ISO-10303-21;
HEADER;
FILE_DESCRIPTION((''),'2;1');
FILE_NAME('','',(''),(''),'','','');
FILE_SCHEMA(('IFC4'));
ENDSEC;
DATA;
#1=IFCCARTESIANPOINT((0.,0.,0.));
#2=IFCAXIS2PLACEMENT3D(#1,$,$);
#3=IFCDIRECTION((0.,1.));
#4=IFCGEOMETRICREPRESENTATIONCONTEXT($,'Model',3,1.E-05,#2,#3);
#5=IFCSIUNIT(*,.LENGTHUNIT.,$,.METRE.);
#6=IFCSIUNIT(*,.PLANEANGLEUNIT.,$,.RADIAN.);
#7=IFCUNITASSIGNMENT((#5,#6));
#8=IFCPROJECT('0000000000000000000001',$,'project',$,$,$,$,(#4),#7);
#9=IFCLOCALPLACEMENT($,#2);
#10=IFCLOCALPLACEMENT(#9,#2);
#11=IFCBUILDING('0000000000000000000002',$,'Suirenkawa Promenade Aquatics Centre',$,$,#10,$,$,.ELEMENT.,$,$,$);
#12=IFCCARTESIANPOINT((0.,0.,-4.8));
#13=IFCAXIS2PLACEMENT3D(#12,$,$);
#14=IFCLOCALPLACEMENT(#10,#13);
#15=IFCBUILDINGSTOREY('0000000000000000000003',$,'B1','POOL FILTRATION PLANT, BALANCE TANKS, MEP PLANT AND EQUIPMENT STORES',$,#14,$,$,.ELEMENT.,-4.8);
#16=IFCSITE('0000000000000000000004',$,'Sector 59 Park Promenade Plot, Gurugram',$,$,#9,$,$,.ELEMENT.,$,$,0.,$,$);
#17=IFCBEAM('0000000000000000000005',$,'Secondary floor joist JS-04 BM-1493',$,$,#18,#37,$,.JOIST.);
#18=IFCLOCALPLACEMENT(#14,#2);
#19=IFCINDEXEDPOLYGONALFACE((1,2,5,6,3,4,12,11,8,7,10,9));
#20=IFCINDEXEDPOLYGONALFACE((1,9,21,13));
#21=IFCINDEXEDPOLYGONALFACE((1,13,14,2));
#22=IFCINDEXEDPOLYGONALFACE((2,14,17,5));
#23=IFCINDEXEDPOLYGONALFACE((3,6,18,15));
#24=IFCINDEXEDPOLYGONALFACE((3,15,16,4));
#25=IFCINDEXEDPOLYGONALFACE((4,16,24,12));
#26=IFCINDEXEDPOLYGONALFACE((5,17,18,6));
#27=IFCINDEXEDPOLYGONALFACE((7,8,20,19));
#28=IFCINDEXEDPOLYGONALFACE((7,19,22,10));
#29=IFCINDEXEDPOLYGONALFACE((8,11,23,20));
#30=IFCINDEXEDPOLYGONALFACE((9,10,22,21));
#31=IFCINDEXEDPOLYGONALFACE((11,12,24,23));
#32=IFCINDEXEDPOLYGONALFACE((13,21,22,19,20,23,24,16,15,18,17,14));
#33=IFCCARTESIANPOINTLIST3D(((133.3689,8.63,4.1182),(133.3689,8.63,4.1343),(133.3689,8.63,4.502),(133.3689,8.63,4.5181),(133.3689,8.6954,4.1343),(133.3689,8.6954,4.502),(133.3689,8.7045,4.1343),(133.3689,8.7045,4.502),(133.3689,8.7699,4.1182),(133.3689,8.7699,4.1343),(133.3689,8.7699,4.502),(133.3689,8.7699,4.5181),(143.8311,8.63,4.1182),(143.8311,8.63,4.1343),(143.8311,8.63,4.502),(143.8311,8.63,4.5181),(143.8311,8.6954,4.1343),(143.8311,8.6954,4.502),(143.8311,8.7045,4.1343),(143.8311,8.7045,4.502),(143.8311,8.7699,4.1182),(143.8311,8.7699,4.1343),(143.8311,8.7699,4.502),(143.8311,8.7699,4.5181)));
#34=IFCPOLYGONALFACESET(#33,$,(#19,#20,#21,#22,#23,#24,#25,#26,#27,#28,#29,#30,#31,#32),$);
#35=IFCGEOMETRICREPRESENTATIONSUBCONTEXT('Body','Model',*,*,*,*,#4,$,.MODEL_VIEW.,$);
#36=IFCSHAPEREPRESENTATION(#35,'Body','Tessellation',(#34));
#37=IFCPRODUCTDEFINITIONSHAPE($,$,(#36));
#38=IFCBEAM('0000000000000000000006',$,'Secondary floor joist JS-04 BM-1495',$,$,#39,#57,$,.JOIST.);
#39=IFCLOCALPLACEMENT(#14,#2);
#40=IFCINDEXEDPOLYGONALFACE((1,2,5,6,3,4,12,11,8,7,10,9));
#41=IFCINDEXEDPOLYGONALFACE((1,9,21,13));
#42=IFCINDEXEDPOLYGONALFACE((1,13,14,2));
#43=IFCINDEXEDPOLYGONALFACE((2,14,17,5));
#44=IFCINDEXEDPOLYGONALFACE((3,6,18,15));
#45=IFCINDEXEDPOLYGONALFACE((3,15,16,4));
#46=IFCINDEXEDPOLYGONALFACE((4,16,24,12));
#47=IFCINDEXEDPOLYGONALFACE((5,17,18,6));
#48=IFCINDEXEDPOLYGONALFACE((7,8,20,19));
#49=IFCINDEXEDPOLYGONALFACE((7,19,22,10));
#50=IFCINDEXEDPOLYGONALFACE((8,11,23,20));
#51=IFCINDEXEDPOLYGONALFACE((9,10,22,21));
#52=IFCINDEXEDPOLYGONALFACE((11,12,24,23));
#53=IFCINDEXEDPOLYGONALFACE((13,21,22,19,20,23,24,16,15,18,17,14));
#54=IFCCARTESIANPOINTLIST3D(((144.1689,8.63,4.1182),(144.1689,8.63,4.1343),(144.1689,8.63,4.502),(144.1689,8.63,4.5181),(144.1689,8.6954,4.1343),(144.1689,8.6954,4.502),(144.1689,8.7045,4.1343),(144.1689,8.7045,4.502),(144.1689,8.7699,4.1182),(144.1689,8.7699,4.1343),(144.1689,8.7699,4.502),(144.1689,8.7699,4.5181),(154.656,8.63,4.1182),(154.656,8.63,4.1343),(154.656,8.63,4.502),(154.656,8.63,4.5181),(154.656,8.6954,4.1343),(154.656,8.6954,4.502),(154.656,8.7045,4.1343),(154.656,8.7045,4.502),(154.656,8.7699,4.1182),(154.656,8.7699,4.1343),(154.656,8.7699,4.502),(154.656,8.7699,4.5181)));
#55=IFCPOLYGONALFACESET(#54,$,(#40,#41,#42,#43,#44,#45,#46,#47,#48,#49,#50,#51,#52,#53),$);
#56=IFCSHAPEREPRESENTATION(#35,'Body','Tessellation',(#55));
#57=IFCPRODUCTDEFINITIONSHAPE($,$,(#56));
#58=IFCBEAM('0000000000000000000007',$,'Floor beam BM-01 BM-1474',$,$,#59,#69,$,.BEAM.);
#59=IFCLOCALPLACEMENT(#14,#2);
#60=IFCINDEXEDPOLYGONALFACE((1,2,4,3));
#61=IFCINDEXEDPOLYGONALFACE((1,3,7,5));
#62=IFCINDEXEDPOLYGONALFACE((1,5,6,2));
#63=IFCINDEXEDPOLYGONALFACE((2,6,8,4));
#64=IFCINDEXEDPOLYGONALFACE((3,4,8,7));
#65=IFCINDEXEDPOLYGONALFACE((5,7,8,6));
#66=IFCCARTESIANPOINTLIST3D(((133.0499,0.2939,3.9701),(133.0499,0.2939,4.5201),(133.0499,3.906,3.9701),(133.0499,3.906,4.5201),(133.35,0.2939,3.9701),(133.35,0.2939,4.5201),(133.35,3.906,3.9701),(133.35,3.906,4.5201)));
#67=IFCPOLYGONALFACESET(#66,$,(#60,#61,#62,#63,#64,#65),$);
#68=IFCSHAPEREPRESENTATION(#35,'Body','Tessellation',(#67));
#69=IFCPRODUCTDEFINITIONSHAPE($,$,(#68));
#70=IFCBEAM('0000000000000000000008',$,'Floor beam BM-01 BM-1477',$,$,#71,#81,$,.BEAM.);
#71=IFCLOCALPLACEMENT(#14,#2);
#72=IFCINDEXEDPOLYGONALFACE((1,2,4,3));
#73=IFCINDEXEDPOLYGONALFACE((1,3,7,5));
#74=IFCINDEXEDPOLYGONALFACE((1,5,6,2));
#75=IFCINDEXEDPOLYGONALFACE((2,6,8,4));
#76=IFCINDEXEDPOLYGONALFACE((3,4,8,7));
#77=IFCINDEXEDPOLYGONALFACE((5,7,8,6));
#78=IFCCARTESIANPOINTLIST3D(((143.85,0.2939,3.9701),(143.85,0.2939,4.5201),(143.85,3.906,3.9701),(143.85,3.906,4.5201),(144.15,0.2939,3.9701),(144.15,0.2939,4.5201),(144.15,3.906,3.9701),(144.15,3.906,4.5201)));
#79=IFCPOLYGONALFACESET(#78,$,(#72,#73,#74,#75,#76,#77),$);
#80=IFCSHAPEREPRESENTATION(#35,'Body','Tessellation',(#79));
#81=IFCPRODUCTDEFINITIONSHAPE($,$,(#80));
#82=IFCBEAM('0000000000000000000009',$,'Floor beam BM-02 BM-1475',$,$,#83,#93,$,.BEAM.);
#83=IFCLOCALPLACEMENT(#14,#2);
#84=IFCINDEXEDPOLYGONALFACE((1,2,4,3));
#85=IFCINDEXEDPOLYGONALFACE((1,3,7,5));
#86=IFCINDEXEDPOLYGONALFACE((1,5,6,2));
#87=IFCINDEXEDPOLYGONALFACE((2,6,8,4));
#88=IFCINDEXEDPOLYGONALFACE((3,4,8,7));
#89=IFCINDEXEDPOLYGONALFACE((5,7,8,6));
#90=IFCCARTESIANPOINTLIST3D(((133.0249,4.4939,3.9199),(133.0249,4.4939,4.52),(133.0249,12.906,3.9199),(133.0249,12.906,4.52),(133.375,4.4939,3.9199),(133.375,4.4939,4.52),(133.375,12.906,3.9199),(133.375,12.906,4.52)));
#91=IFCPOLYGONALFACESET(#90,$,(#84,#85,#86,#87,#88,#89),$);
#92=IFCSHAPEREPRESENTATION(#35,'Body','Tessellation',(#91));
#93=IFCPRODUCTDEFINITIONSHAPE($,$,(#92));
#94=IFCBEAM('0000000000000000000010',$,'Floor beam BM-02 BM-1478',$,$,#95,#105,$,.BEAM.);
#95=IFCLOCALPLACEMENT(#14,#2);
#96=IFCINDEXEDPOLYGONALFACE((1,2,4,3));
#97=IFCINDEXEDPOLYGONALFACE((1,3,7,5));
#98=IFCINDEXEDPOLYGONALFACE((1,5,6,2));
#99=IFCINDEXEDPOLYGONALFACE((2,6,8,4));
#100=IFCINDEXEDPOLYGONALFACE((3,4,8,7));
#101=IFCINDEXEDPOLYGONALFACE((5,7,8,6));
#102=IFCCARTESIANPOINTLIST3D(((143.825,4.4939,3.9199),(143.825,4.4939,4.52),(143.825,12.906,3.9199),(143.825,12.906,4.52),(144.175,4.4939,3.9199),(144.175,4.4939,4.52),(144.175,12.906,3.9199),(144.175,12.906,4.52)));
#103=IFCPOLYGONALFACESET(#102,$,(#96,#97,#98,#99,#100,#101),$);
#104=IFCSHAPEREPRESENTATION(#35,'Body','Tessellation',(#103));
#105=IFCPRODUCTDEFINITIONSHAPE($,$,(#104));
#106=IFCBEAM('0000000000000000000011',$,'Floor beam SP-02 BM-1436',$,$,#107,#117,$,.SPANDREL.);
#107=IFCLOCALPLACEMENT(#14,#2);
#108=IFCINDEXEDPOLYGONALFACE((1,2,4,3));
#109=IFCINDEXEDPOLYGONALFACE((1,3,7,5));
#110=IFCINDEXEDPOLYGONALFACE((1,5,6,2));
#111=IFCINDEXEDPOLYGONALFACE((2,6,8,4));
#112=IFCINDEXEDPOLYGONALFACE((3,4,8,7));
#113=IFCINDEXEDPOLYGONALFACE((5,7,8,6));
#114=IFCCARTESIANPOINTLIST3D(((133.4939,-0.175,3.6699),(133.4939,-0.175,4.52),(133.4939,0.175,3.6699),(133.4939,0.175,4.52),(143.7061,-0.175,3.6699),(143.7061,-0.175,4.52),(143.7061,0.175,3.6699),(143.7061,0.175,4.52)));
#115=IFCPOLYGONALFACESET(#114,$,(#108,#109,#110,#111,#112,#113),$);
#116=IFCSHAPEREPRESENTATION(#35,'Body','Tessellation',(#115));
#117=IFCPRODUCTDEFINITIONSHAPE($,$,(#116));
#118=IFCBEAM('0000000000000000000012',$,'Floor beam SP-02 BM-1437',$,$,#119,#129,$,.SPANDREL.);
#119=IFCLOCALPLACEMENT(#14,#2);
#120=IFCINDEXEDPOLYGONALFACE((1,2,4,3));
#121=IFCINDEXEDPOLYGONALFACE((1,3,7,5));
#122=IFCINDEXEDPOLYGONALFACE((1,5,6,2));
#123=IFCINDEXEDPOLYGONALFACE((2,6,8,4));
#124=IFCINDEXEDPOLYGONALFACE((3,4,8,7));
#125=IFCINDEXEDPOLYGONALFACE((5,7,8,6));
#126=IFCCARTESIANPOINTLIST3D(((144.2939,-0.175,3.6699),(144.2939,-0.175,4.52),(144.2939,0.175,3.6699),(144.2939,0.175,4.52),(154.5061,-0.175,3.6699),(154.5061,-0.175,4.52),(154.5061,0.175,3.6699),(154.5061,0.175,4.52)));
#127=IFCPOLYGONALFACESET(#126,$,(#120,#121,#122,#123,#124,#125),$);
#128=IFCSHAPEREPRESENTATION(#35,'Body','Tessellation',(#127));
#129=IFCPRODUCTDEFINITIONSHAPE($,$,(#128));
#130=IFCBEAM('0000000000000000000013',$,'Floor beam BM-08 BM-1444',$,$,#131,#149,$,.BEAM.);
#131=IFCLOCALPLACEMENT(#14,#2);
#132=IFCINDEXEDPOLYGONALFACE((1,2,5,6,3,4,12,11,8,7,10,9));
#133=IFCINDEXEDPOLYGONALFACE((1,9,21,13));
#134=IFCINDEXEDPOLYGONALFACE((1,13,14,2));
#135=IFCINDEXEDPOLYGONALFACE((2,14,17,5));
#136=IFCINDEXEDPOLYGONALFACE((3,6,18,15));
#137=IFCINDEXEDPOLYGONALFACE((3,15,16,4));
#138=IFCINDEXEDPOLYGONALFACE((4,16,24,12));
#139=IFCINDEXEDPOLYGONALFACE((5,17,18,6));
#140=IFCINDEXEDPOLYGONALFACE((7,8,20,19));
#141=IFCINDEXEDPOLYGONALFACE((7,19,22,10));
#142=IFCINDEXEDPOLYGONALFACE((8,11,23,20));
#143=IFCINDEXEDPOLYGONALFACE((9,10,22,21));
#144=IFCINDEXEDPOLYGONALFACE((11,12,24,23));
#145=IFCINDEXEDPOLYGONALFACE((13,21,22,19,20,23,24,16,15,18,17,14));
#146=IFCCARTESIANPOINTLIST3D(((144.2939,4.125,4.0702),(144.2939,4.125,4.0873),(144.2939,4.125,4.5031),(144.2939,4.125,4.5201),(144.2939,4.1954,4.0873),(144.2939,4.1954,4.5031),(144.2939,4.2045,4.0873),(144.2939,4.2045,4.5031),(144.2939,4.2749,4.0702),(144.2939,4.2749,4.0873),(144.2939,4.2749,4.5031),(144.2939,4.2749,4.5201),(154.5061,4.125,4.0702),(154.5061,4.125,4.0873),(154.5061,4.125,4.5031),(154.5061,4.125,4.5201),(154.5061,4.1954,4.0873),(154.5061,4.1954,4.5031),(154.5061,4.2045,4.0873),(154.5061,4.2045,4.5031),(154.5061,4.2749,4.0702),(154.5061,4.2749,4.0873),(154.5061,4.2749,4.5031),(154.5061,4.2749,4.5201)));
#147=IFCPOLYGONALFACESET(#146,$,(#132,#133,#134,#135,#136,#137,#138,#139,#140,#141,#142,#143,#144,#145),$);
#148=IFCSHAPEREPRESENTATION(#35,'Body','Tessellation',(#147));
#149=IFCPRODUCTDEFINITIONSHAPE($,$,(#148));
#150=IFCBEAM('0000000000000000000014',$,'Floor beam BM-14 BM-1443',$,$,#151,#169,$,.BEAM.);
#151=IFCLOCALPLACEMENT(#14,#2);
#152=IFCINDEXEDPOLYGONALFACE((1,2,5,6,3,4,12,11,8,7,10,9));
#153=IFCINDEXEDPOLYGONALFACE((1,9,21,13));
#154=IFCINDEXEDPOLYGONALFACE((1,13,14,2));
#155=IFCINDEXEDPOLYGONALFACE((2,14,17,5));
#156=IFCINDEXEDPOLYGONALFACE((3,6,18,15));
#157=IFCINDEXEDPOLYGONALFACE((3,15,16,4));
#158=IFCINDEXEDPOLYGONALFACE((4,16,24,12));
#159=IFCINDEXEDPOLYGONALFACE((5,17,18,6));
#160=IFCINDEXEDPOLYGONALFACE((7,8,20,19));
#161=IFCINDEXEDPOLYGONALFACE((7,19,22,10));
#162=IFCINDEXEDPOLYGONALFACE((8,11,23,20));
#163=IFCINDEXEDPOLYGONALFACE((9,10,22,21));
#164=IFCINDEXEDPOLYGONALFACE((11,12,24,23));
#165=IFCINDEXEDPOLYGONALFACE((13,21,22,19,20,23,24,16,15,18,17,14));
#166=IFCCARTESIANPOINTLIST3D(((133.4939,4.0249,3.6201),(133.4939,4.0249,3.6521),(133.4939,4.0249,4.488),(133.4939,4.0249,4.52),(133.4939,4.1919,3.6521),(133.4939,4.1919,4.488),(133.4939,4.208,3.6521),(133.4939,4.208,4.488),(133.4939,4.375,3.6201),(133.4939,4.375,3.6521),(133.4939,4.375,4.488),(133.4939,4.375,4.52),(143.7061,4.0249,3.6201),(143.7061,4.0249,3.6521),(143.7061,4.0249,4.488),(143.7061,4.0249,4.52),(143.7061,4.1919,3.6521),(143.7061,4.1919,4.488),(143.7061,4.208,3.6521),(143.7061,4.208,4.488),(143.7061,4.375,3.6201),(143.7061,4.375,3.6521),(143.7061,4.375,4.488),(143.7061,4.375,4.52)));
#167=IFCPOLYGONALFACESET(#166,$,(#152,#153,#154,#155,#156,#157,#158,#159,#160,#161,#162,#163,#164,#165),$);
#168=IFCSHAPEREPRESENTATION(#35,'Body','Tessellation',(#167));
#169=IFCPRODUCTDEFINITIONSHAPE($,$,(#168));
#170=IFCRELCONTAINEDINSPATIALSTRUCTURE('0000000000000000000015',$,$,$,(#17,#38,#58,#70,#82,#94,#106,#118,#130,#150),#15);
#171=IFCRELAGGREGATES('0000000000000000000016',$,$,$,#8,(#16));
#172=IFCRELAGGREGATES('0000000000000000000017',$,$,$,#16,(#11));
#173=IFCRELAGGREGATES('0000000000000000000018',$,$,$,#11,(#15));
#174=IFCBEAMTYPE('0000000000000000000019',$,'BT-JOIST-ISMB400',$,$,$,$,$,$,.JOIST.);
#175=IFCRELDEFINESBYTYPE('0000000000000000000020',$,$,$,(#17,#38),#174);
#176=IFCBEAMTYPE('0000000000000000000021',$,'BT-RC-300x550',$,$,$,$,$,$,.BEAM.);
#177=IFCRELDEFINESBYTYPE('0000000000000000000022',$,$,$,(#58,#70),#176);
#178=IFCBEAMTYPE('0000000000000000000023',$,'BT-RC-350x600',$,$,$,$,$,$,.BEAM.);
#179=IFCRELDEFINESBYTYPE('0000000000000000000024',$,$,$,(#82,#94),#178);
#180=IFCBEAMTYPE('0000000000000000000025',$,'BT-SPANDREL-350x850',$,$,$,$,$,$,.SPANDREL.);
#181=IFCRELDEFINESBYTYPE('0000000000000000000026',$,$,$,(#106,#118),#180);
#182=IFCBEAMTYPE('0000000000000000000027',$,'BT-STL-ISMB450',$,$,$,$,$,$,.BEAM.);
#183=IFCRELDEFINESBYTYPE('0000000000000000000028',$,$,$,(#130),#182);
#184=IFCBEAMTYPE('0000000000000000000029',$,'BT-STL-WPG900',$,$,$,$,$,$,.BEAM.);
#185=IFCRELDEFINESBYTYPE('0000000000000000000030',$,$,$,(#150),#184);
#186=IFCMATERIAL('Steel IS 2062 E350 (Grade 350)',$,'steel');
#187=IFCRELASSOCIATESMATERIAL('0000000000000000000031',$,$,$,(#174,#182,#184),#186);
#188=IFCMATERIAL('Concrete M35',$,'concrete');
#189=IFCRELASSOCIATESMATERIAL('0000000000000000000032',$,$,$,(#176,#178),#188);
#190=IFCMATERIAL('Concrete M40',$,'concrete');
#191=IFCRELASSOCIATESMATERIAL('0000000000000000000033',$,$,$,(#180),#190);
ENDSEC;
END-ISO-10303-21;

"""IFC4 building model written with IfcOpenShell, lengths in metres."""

from ifc_helpers import new_model, si_unit, direction, frame, origin, origin_2d, place, context, subcontext, project, spatial, rectangle, i_section, extrude, material, material_profile, profile_set, type_object, element, save


model = new_model("IFC4")

# Units and contexts
model_context = context("Model", 3, precision=1e-05, world=origin(), true_north=direction((0.0, 1.0)))
body_context = subcontext(model_context, "Body", "Model", "MODEL_VIEW")
ifc_project = project(units=[si_unit("LENGTHUNIT", "METRE"), si_unit("PLANEANGLEUNIT", "RADIAN")], contexts=[model_context])

# Site, building, storey
site_placement = place(None, origin())
site = spatial("IfcSite", under=ifc_project, at=site_placement, Name="Sector 59 Park Promenade Plot, Gurugram", CompositionType="ELEMENT", RefElevation=0.0)
building_placement = place(site_placement, origin())
building = spatial("IfcBuilding", under=site, at=building_placement, Name="Suirenkawa Promenade Aquatics Centre", CompositionType="ELEMENT")
storey_placement = place(building_placement, frame((0.0, 0.0, -4.8)))
storey = spatial("IfcBuildingStorey", under=building, at=storey_placement, Name="B1", Description="POOL FILTRATION PLANT, BALANCE TANKS, MEP PLANT AND EQUIPMENT STORES", CompositionType="ELEMENT", Elevation=-4.8)

# Shared definitions
ifc_material_1 = material(Name="Concrete M35", Category="concrete")

# Shared definitions
ifc_material_2 = material(Name="Concrete M40", Category="concrete")

# Beams
ifc_material_3 = material(Name="Steel IS 2062 E350 (Grade 350)", Category="steel")
ifc_material_profile_1 = material_profile(ifc_material_3, i_section(OverallWidth=0.1399, OverallDepth=0.3999, WebThickness=0.009, FlangeThickness=0.0161, at=origin_2d()), Name="ISMB 400", Category="steel")
ifc_profile_set_1 = profile_set([ifc_material_profile_1], Name="Steel IS 2062 E350 (Grade 350)")
beam_type_1 = type_object("IfcBeamType", Name="BT-JOIST-ISMB400", PredefinedType="JOIST", material=ifc_profile_set_1)
beam_1_placement = place(storey_placement, frame((133.3689, 8.7, 4.3181), z_axis=(1.0, 0.0, 0.0), x_axis=(0.0, 1.0, 0.0)))
element("IfcBeam", 1, at=beam_1_placement, inside=storey, type_object=beam_type_1, Name="Secondary floor joist JS-04 BM-1493", PredefinedType="JOIST", context=body_context, shape_type="SweptSolid", body=[
    extrude(i_section(OverallWidth=0.1399, OverallDepth=0.3999, WebThickness=0.009, FlangeThickness=0.0161, at=origin_2d()), origin(), (0.0, 0.0, 1.0), 10.4622),
])
beam_2_placement = place(storey_placement, frame((144.1689, 8.7, 4.3181), z_axis=(1.0, 0.0, 0.0), x_axis=(0.0, 1.0, 0.0)))
element("IfcBeam", 2, at=beam_2_placement, inside=storey, type_object=beam_type_1, Name="Secondary floor joist JS-04 BM-1495", PredefinedType="JOIST", context=body_context, shape_type="SweptSolid", body=[
    extrude(i_section(OverallWidth=0.1399, OverallDepth=0.3999, WebThickness=0.009, FlangeThickness=0.0161, at=origin_2d()), origin(), (0.0, 0.0, 1.0), 10.4871),
])
ifc_material_profile_2 = material_profile(ifc_material_1, rectangle(XDim=0.3, YDim=0.55, at=origin_2d()), Name="RC BM 300x550", Category="concrete")
ifc_profile_set_2 = profile_set([ifc_material_profile_2], Name="Concrete M35")
beam_type_2 = type_object("IfcBeamType", Name="BT-RC-300x550", PredefinedType="BEAM", material=ifc_profile_set_2)
for number, where, z_axis, x_axis, name in (
    (3, (133.2, 0.2939, 4.2451), (0.0, 1.0, 0.0), (-1.0, 0.0, 0.0), "Floor beam BM-01 BM-1474"),
    (4, (144.0, 0.2939, 4.2451), (0.0, 1.0, 0.0), (-1.0, 0.0, 0.0), "Floor beam BM-01 BM-1477"),
):
    element("IfcBeam", number, at=place(storey_placement, frame(where, z_axis=z_axis, x_axis=x_axis)), inside=storey, type_object=beam_type_2, Name=name, PredefinedType="BEAM", context=body_context, shape_type="SweptSolid", body=[
        extrude(rectangle(XDim=0.3, YDim=0.55, at=origin_2d()), origin(), (0.0, 0.0, 1.0), 3.6121),
    ])
ifc_material_profile_3 = material_profile(ifc_material_1, rectangle(XDim=0.3501, YDim=0.6001, at=origin_2d()), Name="RC BM 350x600", Category="concrete")
ifc_profile_set_3 = profile_set([ifc_material_profile_3], Name="Concrete M35")
beam_type_3 = type_object("IfcBeamType", Name="BT-RC-350x600", PredefinedType="BEAM", material=ifc_profile_set_3)
for number, where, z_axis, x_axis, name in (
    (5, (133.2, 4.4939, 4.22), (0.0, 1.0, 0.0), (-1.0, 0.0, 0.0), "Floor beam BM-02 BM-1475"),
    (6, (144.0, 4.4939, 4.22), (0.0, 1.0, 0.0), (-1.0, 0.0, 0.0), "Floor beam BM-02 BM-1478"),
):
    element("IfcBeam", number, at=place(storey_placement, frame(where, z_axis=z_axis, x_axis=x_axis)), inside=storey, type_object=beam_type_3, Name=name, PredefinedType="BEAM", context=body_context, shape_type="SweptSolid", body=[
        extrude(rectangle(XDim=0.3501, YDim=0.6001, at=origin_2d()), origin(), (0.0, 0.0, 1.0), 8.4121),
    ])
ifc_material_profile_4 = material_profile(ifc_material_2, rectangle(XDim=0.3501, YDim=0.8501, at=origin_2d()), Name="RC SPANDREL 350x850", Category="concrete")
ifc_profile_set_4 = profile_set([ifc_material_profile_4], Name="Concrete M40")
beam_type_4 = type_object("IfcBeamType", Name="BT-SPANDREL-350x850", PredefinedType="SPANDREL", material=ifc_profile_set_4)
for number, where, z_axis, x_axis, name in (
    (7, (133.4939, 0.0, 4.095), (1.0, 0.0, 0.0), (0.0, 1.0, 0.0), "Floor beam SP-02 BM-1436"),
    (8, (144.2939, 0.0, 4.095), (1.0, 0.0, 0.0), (0.0, 1.0, 0.0), "Floor beam SP-02 BM-1437"),
):
    element("IfcBeam", number, at=place(storey_placement, frame(where, z_axis=z_axis, x_axis=x_axis)), inside=storey, type_object=beam_type_4, Name=name, PredefinedType="SPANDREL", context=body_context, shape_type="SweptSolid", body=[
        extrude(rectangle(XDim=0.3501, YDim=0.8501, at=origin_2d()), origin(), (0.0, 0.0, 1.0), 10.2122),
    ])
ifc_material_profile_5 = material_profile(ifc_material_3, i_section(OverallWidth=0.1499, OverallDepth=0.45, WebThickness=0.009, FlangeThickness=0.0171, at=origin_2d()), Name="ISMB 450", Category="steel")
ifc_profile_set_5 = profile_set([ifc_material_profile_5], Name="Steel IS 2062 E350 (Grade 350)")
beam_type_5 = type_object("IfcBeamType", Name="BT-STL-ISMB450", PredefinedType="BEAM", material=ifc_profile_set_5)
beam_3_placement = place(storey_placement, frame((144.2939, 4.2, 4.2952), z_axis=(1.0, 0.0, 0.0), x_axis=(0.0, 1.0, 0.0)))
element("IfcBeam", 9, at=beam_3_placement, inside=storey, type_object=beam_type_5, Name="Floor beam BM-08 BM-1444", PredefinedType="BEAM", context=body_context, shape_type="SweptSolid", body=[
    extrude(i_section(OverallWidth=0.1499, OverallDepth=0.45, WebThickness=0.009, FlangeThickness=0.0171, at=origin_2d()), origin(), (0.0, 0.0, 1.0), 10.2122),
])
ifc_material_profile_6 = material_profile(ifc_material_3, i_section(OverallWidth=0.3501, OverallDepth=0.8999, WebThickness=0.0161, FlangeThickness=0.032, at=origin_2d()), Name="WPG 900x350", Category="steel")
ifc_profile_set_6 = profile_set([ifc_material_profile_6], Name="Steel IS 2062 E350 (Grade 350)")
beam_type_6 = type_object("IfcBeamType", Name="BT-STL-WPG900", PredefinedType="BEAM", material=ifc_profile_set_6)
beam_4_placement = place(storey_placement, frame((133.4939, 4.2, 4.0701), z_axis=(1.0, 0.0, 0.0), x_axis=(0.0, 1.0, 0.0)))
element("IfcBeam", 10, at=beam_4_placement, inside=storey, type_object=beam_type_6, Name="Floor beam BM-14 BM-1443", PredefinedType="BEAM", context=body_context, shape_type="SweptSolid", body=[
    extrude(i_section(OverallWidth=0.3501, OverallDepth=0.8999, WebThickness=0.0161, FlangeThickness=0.032, at=origin_2d()), origin(), (0.0, 0.0, 1.0), 10.2122),
])

save(model, "model.ifc")
